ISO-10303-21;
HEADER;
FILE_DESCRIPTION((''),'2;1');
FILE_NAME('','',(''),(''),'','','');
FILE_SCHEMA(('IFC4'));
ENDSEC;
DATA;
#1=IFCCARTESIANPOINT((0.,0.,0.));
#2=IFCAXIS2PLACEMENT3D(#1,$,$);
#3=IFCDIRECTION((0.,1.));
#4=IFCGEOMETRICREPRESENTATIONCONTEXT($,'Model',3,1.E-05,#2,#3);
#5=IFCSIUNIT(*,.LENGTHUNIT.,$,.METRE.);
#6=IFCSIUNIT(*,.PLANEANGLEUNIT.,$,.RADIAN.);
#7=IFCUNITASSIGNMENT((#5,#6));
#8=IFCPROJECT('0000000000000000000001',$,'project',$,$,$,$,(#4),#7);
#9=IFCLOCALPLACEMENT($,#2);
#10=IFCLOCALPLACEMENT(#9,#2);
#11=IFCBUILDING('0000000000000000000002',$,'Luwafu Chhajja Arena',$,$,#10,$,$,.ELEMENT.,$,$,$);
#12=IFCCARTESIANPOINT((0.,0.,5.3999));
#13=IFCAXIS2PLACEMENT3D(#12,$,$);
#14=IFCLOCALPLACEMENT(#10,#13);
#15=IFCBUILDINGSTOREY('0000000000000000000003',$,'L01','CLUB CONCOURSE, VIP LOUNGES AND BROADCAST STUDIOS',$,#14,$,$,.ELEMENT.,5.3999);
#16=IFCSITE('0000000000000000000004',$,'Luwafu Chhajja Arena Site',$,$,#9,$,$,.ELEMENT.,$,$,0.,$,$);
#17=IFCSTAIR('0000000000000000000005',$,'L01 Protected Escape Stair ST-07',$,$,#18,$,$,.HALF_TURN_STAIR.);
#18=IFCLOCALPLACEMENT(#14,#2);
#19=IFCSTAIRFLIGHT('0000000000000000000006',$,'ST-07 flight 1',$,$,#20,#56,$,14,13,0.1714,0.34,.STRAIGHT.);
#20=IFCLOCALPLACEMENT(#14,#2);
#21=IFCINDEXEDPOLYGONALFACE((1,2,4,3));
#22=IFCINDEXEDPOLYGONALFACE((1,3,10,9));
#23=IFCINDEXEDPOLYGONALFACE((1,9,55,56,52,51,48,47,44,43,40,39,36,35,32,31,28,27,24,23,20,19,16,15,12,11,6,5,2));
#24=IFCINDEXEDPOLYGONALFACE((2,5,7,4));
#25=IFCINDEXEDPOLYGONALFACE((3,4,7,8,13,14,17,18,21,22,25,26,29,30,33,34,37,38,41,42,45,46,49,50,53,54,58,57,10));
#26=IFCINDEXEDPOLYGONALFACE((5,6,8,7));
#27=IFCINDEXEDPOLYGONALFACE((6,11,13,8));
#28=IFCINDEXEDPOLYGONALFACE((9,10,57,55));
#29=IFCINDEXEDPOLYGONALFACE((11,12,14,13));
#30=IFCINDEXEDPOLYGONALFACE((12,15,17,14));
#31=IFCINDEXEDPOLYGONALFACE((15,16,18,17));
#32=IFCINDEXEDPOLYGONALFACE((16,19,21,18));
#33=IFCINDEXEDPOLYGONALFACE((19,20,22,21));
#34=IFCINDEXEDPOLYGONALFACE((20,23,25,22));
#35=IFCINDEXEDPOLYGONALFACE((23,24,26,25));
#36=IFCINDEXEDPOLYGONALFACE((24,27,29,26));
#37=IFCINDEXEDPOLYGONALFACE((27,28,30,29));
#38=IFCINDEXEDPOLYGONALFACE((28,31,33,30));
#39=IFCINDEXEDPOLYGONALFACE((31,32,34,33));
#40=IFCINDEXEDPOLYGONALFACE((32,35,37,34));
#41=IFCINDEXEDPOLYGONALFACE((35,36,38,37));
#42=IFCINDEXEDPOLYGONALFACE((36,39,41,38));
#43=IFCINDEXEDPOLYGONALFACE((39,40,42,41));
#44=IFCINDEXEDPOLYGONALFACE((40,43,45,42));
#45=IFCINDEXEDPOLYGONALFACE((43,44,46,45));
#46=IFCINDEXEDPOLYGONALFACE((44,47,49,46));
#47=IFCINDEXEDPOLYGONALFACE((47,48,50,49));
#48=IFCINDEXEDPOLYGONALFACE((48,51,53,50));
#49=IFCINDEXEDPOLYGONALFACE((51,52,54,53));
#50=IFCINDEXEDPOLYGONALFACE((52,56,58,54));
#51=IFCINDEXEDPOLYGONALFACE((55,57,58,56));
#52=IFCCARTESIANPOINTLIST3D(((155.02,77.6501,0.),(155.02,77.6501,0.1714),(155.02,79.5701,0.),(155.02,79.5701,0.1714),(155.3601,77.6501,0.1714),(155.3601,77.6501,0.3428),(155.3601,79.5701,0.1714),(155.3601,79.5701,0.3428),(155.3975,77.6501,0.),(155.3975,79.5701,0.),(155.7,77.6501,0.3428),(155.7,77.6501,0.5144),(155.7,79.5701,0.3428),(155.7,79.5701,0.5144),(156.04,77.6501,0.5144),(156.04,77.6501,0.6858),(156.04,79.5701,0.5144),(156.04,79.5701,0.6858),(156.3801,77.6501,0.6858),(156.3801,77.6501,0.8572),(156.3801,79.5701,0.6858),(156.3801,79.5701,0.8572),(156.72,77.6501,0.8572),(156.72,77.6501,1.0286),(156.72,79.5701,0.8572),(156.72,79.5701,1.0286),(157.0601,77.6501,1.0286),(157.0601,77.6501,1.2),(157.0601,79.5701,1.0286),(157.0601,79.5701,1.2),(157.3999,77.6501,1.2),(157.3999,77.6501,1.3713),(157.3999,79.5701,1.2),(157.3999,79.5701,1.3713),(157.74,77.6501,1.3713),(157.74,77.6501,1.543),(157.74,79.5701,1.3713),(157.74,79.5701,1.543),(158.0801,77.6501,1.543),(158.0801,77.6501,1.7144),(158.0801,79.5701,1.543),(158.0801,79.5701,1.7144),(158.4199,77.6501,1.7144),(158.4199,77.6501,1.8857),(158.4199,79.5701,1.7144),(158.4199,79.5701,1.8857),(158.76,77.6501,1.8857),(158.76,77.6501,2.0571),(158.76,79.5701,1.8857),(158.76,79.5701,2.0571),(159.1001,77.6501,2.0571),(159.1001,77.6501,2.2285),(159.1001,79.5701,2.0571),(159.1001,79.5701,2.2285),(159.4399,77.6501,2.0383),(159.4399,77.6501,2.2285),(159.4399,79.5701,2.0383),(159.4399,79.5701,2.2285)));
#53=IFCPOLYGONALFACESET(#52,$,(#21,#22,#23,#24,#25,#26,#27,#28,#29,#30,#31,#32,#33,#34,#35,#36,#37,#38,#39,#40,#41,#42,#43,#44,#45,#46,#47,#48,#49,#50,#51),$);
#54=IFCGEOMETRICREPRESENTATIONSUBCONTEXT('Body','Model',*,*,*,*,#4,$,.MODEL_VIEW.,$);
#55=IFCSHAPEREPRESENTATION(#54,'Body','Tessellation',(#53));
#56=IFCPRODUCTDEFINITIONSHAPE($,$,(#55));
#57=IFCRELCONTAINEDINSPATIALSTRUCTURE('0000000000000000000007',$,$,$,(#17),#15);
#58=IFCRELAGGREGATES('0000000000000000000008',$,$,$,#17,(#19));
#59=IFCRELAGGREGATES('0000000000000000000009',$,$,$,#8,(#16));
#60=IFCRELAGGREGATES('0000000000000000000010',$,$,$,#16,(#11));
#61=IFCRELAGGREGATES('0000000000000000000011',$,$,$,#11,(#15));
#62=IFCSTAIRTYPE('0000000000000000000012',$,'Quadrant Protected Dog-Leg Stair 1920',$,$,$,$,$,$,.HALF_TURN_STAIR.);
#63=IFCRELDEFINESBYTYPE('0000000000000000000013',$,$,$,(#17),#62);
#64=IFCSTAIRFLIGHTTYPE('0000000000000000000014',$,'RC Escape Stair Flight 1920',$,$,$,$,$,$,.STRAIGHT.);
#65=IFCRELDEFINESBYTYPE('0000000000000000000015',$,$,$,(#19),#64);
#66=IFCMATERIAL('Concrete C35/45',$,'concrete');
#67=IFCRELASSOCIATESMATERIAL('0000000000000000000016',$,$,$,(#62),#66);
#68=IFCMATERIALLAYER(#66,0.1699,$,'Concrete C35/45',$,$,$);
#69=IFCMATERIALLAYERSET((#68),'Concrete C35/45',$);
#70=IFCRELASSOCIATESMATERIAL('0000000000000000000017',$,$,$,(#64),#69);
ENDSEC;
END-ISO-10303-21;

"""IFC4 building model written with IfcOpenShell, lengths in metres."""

from ifc_helpers import new_model, si_unit, direction, frame, origin, place, context, subcontext, project, spatial, polyline, outline, extrude, material, layer, layer_set, type_object, element, aggregate, save


model = new_model("IFC4")

# Units and contexts
model_context = context("Model", 3, precision=1e-05, world=origin(), true_north=direction((0.0, 1.0)))
body_context = subcontext(model_context, "Body", "Model", "MODEL_VIEW")
ifc_project = project(units=[si_unit("LENGTHUNIT", "METRE"), si_unit("PLANEANGLEUNIT", "RADIAN")], contexts=[model_context])

# Site, building, storey
site_placement = place(None, origin())
site = spatial("IfcSite", under=ifc_project, at=site_placement, Name="Luwafu Chhajja Arena Site", CompositionType="ELEMENT", RefElevation=0.0)
building_placement = place(site_placement, origin())
building = spatial("IfcBuilding", under=site, at=building_placement, Name="Luwafu Chhajja Arena", CompositionType="ELEMENT")
storey_placement = place(building_placement, frame((0.0, 0.0, 5.3999)))
storey = spatial("IfcBuildingStorey", under=building, at=storey_placement, Name="L01", Description="CLUB CONCOURSE, VIP LOUNGES AND BROADCAST STUDIOS", CompositionType="ELEMENT", Elevation=5.3999)

# Shared definitions
ifc_material_1 = material(Name="Concrete C35/45", Category="concrete")

# Stair, stair flight
stair_type = type_object("IfcStairType", Name="Quadrant Protected Dog-Leg Stair 1920", PredefinedType="HALF_TURN_STAIR", material=ifc_material_1)
stair_placement = place(storey_placement, origin())
stair = element("IfcStair", 1, at=stair_placement, inside=storey, type_object=stair_type, Name="L01 Protected Escape Stair ST-07", PredefinedType="HALF_TURN_STAIR")
ifc_layer_1 = layer(ifc_material_1, 0.1699, Name="Concrete C35/45")
ifc_layer_set_1 = layer_set([ifc_layer_1], Name="Concrete C35/45")
stair_flight_type = type_object("IfcStairFlightType", Name="RC Escape Stair Flight 1920", PredefinedType="STRAIGHT", material=ifc_layer_set_1)
stair_flight_placement = place(storey_placement, frame((155.02, 78.6101, 0.0), z_axis=(0.0, 0.0, 1.0), x_axis=(1.0, 0.0, 0.0)))
stair_flight = element("IfcStairFlight", 2, at=stair_flight_placement, type_object=stair_flight_type, Name="ST-07 flight 1", NumberOfRisers=14, NumberOfTreads=13, PredefinedType="STRAIGHT", RiserHeight=0.1714, TreadLength=0.34, context=body_context, shape_type="SweptSolid", body=[
    extrude(outline(polyline([(0.0, 0.0), (0.0, 0.1714), (0.3401, 0.1714), (0.3401, 0.3428), (0.6799, 0.3428), (0.6799, 0.5144), (1.02, 0.5144), (1.02, 0.6858), (1.3601, 0.6858), (1.3601, 0.8572), (1.7, 0.8572), (1.7, 1.0286), (2.04, 1.0286), (2.04, 1.2), (2.3799, 1.2), (2.3799, 1.3713), (2.72, 1.3713), (2.72, 1.543), (3.0601, 1.543), (3.0601, 1.7144), (3.3999, 1.7144), (3.3999, 1.8857), (3.74, 1.8857), (3.74, 2.0571), (4.0801, 2.0571), (4.0801, 2.2285), (4.4199, 2.2285), (4.4199, 2.3999), (4.4199, 2.0383), (0.3774, 0.0), (0.0, 0.0)])), frame((0.0, 0.96, 0.0), z_axis=(0.0, -1.0, 0.0), x_axis=(1.0, 0.0, 0.0)), (0.0, 0.0, 1.0), 1.9199),
])
aggregate(stair, [stair_flight])

save(model, "model.ifc")
